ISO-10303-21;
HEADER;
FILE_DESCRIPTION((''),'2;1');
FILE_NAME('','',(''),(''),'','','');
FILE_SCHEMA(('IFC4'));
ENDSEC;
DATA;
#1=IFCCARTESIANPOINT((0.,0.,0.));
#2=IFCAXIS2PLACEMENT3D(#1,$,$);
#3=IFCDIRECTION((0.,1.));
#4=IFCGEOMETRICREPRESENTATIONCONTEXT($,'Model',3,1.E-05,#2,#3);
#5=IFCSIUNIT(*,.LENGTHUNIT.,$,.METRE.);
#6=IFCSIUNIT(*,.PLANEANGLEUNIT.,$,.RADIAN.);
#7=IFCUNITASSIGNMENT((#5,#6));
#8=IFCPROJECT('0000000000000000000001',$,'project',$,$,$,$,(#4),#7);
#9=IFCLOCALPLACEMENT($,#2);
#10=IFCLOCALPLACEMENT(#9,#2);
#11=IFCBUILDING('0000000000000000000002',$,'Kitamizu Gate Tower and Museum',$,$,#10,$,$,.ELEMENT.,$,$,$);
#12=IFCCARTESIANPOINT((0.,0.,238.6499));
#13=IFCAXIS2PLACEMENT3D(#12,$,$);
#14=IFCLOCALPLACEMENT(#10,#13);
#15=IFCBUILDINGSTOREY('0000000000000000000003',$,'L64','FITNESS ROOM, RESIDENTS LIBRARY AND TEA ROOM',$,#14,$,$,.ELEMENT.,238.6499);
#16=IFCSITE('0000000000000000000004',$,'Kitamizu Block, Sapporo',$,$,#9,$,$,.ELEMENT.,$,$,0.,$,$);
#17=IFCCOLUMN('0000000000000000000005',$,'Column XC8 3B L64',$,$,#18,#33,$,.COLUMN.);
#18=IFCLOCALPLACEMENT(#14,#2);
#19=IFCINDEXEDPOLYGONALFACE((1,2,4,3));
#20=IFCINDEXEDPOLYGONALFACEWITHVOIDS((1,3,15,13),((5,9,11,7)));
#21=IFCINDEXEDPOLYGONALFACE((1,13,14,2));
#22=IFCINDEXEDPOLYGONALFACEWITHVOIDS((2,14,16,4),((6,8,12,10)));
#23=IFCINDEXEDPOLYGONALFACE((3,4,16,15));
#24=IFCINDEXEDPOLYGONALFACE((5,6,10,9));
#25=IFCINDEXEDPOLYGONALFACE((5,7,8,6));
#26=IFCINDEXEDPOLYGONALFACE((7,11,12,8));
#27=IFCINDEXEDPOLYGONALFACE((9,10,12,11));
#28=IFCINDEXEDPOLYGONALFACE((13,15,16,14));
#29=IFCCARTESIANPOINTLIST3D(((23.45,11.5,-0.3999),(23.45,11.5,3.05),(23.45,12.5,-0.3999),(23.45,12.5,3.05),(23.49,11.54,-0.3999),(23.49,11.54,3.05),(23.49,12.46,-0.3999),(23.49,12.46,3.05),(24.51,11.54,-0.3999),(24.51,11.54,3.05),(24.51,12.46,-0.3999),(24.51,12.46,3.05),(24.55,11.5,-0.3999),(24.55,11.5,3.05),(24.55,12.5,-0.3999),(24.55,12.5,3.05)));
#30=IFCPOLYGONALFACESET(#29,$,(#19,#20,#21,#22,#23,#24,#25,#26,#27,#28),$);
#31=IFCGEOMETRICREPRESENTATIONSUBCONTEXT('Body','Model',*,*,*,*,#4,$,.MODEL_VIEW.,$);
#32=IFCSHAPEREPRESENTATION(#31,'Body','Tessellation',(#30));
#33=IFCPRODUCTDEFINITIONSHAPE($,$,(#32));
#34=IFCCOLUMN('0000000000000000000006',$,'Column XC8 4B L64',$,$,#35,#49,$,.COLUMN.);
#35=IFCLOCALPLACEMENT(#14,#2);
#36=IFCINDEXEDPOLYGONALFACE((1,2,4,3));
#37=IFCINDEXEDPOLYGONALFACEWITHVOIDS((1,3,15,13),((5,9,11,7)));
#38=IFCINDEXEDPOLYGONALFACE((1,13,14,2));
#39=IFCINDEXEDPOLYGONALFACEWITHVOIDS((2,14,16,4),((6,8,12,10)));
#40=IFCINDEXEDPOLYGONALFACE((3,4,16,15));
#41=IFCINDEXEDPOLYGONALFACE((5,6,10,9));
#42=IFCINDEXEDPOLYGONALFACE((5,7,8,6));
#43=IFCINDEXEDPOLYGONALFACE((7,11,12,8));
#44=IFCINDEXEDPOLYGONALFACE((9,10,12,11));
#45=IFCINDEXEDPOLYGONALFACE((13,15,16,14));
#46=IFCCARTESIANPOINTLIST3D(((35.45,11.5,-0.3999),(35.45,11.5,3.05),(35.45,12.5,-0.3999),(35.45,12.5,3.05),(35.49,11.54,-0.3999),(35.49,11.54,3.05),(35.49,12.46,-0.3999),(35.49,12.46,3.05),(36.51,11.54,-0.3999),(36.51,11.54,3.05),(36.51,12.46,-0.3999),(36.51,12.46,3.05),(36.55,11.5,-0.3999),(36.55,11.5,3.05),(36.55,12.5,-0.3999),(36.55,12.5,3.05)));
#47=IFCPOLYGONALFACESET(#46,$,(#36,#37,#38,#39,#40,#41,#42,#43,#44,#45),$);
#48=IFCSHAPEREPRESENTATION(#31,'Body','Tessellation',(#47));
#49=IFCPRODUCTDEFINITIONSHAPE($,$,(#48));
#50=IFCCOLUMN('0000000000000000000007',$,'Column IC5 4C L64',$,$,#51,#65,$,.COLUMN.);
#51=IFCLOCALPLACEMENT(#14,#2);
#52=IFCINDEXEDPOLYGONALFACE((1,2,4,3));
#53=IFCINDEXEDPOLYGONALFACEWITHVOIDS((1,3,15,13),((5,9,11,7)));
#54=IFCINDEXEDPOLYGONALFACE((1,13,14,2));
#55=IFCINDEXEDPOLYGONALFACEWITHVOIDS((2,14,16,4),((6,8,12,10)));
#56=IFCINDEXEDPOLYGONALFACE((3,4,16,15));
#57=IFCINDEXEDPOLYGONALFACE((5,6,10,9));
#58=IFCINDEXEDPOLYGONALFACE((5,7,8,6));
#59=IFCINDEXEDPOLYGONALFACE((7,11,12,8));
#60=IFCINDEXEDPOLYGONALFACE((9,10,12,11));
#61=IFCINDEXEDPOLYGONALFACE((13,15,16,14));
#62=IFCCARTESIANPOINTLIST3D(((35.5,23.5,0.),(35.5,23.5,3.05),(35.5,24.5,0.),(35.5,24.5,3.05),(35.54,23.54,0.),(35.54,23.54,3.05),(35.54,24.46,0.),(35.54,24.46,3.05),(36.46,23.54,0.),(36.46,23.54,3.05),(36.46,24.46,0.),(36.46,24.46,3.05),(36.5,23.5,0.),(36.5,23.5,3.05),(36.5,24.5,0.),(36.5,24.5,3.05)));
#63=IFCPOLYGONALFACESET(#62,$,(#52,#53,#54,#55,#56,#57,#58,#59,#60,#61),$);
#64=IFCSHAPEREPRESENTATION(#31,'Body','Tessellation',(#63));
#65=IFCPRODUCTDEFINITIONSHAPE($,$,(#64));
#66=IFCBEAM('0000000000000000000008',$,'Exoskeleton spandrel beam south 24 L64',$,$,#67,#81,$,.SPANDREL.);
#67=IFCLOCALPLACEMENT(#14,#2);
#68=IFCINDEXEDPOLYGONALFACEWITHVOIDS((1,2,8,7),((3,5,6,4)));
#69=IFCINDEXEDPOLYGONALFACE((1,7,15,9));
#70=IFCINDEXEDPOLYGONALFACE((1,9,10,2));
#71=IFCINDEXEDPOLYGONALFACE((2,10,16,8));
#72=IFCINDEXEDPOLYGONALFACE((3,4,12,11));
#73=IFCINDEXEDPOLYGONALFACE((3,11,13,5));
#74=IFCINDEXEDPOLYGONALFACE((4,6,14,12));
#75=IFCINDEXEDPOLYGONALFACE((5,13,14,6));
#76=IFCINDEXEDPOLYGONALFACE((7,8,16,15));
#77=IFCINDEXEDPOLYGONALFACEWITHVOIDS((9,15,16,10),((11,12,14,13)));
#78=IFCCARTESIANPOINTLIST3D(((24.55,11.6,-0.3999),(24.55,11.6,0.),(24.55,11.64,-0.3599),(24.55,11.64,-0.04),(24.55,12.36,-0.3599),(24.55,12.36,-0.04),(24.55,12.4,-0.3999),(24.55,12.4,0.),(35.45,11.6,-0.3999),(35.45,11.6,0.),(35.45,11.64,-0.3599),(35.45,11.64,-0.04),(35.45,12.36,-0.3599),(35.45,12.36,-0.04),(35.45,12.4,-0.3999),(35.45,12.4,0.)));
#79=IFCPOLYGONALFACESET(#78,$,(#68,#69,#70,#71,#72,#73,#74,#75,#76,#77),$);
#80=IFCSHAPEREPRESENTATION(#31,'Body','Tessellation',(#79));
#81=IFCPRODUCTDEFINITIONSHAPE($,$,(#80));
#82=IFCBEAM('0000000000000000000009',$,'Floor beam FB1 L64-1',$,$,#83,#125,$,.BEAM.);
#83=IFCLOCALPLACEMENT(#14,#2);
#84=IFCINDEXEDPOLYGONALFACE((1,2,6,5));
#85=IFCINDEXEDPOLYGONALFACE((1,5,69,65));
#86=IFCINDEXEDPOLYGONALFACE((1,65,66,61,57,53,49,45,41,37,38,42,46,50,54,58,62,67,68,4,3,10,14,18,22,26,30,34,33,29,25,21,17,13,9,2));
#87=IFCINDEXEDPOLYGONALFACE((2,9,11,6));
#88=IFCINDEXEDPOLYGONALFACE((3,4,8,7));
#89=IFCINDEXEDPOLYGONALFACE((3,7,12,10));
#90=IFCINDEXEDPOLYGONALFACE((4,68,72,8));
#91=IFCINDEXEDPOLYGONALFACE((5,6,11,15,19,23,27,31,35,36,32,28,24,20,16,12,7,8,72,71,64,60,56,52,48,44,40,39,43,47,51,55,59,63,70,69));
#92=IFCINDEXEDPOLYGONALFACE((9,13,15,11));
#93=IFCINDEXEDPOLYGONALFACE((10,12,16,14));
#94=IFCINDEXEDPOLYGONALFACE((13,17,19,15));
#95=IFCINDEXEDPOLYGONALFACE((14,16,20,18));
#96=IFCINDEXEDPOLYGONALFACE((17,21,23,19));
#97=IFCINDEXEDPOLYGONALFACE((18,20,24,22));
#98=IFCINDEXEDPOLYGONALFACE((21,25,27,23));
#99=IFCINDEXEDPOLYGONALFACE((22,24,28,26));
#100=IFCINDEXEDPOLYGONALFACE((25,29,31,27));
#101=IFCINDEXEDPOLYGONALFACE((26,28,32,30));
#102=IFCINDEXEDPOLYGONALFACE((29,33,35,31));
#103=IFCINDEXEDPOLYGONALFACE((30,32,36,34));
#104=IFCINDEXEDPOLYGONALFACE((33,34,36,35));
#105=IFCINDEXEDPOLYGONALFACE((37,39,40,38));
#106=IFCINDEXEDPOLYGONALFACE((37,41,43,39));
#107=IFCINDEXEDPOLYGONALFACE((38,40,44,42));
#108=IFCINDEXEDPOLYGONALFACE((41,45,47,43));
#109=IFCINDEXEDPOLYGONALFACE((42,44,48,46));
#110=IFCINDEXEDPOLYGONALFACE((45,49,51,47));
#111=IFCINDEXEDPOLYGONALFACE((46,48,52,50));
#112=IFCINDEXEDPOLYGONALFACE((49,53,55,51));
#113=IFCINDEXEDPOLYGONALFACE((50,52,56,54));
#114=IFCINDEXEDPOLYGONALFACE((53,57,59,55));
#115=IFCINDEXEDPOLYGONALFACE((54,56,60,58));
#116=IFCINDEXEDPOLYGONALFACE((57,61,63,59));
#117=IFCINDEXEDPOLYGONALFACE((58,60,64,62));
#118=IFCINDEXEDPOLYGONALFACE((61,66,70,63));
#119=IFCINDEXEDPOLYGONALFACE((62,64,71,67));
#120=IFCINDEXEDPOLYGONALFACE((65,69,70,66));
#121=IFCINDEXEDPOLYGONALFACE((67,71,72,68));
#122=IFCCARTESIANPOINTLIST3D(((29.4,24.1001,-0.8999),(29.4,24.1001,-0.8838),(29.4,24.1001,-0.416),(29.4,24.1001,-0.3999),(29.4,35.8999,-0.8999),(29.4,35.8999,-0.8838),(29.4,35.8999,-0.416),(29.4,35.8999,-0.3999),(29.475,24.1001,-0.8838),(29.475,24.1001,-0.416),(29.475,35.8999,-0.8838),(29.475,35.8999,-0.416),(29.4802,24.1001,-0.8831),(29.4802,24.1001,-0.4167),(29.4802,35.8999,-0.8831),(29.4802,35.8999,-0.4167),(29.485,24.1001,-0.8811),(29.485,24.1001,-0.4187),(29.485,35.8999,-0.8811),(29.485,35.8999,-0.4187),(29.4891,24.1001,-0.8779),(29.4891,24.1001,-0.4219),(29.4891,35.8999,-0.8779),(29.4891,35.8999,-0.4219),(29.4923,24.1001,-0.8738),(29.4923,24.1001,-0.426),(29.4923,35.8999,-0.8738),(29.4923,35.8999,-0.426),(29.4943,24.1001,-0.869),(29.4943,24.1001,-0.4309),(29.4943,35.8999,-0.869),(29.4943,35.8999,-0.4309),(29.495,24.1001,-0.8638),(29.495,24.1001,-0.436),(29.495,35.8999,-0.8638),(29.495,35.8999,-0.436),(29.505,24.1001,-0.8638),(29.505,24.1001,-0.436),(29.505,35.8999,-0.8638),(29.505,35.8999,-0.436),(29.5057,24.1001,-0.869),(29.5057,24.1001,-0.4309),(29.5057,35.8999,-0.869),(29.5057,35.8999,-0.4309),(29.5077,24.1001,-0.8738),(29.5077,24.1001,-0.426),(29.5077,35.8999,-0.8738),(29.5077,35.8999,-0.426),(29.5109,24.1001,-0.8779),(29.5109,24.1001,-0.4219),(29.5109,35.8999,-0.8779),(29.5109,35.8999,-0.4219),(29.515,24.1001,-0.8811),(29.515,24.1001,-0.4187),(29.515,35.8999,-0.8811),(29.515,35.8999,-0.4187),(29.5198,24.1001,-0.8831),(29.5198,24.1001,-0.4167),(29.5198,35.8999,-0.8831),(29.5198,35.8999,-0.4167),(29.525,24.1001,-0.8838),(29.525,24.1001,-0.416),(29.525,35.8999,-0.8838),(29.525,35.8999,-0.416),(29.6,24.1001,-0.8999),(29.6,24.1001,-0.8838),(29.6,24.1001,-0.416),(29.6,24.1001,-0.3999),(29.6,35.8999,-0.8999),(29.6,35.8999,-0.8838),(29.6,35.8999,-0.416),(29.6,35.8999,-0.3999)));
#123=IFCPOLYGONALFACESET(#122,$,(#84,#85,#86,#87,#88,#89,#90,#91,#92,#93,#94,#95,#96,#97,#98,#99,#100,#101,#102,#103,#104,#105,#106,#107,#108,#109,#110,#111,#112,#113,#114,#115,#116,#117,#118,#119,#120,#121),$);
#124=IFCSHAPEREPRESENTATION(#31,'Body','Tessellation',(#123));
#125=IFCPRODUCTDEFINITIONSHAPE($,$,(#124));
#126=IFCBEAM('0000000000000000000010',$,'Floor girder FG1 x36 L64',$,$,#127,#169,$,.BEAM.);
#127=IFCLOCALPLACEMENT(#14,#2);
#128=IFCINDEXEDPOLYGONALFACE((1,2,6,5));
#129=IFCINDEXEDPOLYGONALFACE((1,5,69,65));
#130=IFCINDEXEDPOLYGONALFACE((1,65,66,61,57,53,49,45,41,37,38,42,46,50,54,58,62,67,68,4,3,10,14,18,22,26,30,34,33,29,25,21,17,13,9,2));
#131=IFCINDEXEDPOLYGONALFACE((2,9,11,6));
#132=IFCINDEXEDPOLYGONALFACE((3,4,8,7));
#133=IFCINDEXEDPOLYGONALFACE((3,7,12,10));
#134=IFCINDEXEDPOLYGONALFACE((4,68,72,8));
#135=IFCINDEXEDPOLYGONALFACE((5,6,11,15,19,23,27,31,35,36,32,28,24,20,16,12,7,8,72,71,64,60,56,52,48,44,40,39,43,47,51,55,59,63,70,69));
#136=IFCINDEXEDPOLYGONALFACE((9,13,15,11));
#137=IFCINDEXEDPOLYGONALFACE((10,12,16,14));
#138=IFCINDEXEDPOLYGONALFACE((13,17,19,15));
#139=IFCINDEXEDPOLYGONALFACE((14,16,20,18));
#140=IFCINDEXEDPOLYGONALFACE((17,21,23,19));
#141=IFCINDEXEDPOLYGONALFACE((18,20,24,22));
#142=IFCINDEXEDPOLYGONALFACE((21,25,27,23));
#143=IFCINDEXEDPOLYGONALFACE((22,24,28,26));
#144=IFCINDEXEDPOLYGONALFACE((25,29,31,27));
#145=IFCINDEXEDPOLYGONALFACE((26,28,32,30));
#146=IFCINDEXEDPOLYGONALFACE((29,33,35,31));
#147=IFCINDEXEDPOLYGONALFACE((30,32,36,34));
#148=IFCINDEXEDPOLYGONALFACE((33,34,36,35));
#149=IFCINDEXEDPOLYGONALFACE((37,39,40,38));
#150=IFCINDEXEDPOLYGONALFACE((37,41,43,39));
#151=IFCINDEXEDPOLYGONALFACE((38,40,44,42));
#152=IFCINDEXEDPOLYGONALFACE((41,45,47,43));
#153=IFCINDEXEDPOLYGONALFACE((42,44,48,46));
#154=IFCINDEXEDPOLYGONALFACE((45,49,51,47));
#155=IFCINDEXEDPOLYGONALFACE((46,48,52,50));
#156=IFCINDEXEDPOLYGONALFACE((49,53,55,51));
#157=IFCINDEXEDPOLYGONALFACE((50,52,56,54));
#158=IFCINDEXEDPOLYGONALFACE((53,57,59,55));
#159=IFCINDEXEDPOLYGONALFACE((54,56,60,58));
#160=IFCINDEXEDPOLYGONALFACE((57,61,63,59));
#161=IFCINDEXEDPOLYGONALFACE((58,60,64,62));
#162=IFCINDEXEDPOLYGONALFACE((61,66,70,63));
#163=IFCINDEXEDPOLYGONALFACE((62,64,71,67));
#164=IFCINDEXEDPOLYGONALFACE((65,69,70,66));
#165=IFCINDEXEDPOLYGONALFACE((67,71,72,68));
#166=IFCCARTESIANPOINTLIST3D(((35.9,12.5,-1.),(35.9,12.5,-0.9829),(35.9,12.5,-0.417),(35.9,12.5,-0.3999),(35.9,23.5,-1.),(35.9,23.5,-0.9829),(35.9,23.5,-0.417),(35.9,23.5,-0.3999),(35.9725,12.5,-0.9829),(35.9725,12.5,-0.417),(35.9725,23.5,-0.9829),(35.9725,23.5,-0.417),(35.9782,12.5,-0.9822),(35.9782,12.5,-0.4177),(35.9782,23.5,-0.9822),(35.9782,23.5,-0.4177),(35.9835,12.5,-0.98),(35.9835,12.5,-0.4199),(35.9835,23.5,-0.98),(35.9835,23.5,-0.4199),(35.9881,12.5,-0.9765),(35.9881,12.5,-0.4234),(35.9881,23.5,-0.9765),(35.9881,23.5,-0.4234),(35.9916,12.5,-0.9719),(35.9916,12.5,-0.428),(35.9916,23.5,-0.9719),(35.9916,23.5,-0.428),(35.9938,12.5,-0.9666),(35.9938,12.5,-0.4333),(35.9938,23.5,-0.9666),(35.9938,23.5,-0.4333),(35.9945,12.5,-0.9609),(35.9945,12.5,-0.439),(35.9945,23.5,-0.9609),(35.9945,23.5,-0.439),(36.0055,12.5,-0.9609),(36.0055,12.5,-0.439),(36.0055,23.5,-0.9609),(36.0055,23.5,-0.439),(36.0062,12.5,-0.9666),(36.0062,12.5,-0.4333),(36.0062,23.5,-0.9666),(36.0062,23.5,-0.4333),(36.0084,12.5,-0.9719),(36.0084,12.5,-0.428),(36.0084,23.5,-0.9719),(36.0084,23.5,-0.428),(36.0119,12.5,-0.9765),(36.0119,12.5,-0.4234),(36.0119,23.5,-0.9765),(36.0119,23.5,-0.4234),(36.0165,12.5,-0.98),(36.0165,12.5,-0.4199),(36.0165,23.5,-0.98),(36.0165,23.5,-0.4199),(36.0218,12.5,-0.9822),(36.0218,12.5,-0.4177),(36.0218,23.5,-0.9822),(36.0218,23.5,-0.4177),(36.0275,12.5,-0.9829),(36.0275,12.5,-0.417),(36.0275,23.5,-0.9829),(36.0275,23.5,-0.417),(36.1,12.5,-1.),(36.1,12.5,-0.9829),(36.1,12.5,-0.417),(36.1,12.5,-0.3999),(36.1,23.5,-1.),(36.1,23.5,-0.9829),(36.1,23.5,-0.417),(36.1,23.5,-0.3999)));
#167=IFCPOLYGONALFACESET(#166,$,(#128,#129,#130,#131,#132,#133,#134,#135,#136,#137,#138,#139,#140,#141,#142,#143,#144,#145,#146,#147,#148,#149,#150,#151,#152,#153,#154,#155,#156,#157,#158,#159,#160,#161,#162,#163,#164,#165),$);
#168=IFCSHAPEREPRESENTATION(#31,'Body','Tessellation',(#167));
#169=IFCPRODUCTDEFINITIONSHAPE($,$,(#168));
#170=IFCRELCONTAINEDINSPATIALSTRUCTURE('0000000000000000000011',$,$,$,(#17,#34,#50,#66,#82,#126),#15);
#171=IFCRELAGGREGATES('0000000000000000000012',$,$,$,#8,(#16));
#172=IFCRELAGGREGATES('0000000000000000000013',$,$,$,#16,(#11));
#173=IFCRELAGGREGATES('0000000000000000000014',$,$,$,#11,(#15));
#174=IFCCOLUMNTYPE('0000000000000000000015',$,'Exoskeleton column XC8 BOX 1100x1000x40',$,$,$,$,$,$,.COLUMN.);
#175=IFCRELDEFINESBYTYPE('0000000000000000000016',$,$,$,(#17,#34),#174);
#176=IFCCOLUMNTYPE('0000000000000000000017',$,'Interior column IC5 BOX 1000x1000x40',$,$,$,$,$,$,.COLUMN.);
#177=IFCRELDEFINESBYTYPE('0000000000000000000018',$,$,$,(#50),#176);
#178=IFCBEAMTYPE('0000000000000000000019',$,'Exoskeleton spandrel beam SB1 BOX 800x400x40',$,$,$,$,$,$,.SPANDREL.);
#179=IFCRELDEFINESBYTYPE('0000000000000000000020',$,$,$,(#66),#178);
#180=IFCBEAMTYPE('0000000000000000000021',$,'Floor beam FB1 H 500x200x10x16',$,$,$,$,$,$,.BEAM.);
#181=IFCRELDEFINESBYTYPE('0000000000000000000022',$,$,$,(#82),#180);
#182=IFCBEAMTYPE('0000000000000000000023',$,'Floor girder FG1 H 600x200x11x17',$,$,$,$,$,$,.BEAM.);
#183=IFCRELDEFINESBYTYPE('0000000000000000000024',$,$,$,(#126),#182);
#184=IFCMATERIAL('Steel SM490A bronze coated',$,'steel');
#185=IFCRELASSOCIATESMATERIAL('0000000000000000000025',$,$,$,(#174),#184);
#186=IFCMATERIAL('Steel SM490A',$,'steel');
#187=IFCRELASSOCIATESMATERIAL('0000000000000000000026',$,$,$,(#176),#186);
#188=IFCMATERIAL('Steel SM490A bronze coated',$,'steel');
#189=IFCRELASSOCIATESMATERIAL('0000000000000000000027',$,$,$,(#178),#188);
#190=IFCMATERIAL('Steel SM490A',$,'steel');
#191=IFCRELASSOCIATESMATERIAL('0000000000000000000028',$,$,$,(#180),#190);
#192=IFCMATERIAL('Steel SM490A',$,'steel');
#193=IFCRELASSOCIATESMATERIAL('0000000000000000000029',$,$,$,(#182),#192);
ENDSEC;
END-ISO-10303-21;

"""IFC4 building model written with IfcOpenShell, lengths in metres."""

from ifc_helpers import new_model, si_unit, direction, frame, origin, origin_2d, place, context, subcontext, project, spatial, hollow_rectangle, i_section, extrude, material, material_profile, profile_set, type_object, element, save


model = new_model("IFC4")

# Units and contexts
model_context = context("Model", 3, precision=1e-05, world=origin(), true_north=direction((0.0, 1.0)))
body_context = subcontext(model_context, "Body", "Model", "MODEL_VIEW")
ifc_project = project(units=[si_unit("LENGTHUNIT", "METRE"), si_unit("PLANEANGLEUNIT", "RADIAN")], contexts=[model_context])

# Site, building, storey
site_placement = place(None, origin())
site = spatial("IfcSite", under=ifc_project, at=site_placement, Name="Kitamizu Block, Sapporo", CompositionType="ELEMENT", RefElevation=0.0)
building_placement = place(site_placement, origin())
building = spatial("IfcBuilding", under=site, at=building_placement, Name="Kitamizu Gate Tower and Museum", CompositionType="ELEMENT")
storey_placement = place(building_placement, frame((0.0, 0.0, 238.6499)))
storey = spatial("IfcBuildingStorey", under=building, at=storey_placement, Name="L64", Description="FITNESS ROOM, RESIDENTS LIBRARY AND TEA ROOM", CompositionType="ELEMENT", Elevation=238.6499)

# Columns
ifc_material_1 = material(Name="Steel SM490A bronze coated", Category="steel")
ifc_material_profile_1 = material_profile(ifc_material_1, hollow_rectangle(XDim=1.1001, YDim=1.0, WallThickness=0.04, at=origin_2d()), Name="BOX 1100x1000x40")
ifc_profile_set_1 = profile_set([ifc_material_profile_1], Name="Steel SM490A bronze coated")
column_type_1 = type_object("IfcColumnType", Name="Exoskeleton column XC8 BOX 1100x1000x40", PredefinedType="COLUMN", material=ifc_profile_set_1)
for number, where, z_axis, x_axis, name in (
    (1, (24.0, 12.0, -0.3999), (0.0, 0.0, 1.0), (1.0, 0.0, 0.0), "Column XC8 3B L64"),
    (2, (36.0, 12.0, -0.3999), (0.0, 0.0, 1.0), (1.0, 0.0, 0.0), "Column XC8 4B L64"),
):
    element("IfcColumn", number, at=place(storey_placement, frame(where, z_axis=z_axis, x_axis=x_axis)), inside=storey, type_object=column_type_1, Name=name, PredefinedType="COLUMN", context=body_context, shape_type="SweptSolid", body=[
        extrude(hollow_rectangle(XDim=1.1001, YDim=1.0, WallThickness=0.04, at=origin_2d()), origin(), (0.0, 0.0, 1.0), 3.45),
    ])
ifc_material_2 = material(Name="Steel SM490A", Category="steel")
ifc_material_profile_2 = material_profile(ifc_material_2, hollow_rectangle(XDim=1.0, YDim=1.0, WallThickness=0.04, at=origin_2d()), Name="BOX 1000x1000x40")
ifc_profile_set_2 = profile_set([ifc_material_profile_2], Name="Steel SM490A")
column_type_2 = type_object("IfcColumnType", Name="Interior column IC5 BOX 1000x1000x40", PredefinedType="COLUMN", material=ifc_profile_set_2)
column_placement = place(storey_placement, frame((36.0, 24.0, 0.0), z_axis=(0.0, 0.0, 1.0), x_axis=(1.0, 0.0, 0.0)))
element("IfcColumn", 3, at=column_placement, inside=storey, type_object=column_type_2, Name="Column IC5 4C L64", PredefinedType="COLUMN", context=body_context, shape_type="SweptSolid", body=[
    extrude(hollow_rectangle(XDim=1.0, YDim=1.0, WallThickness=0.04, at=origin_2d()), origin(), (0.0, 0.0, 1.0), 3.05),
])

# Beams
ifc_material_3 = material(Name="Steel SM490A bronze coated", Category="steel")
ifc_material_profile_3 = material_profile(ifc_material_3, hollow_rectangle(XDim=0.8, YDim=0.3999, WallThickness=0.04, at=origin_2d()), Name="BOX 800x400x40")
ifc_profile_set_3 = profile_set([ifc_material_profile_3], Name="Steel SM490A bronze coated")
beam_type_1 = type_object("IfcBeamType", Name="Exoskeleton spandrel beam SB1 BOX 800x400x40", PredefinedType="SPANDREL", material=ifc_profile_set_3)
beam_1_placement = place(storey_placement, frame((24.55, 12.0, -0.2), z_axis=(1.0, 0.0, 0.0), x_axis=(0.0, 1.0, 0.0)))
element("IfcBeam", 4, at=beam_1_placement, inside=storey, type_object=beam_type_1, Name="Exoskeleton spandrel beam south 24 L64", PredefinedType="SPANDREL", context=body_context, shape_type="SweptSolid", body=[
    extrude(hollow_rectangle(XDim=0.8, YDim=0.3999, WallThickness=0.04, at=origin_2d()), origin(), (0.0, 0.0, 1.0), 10.8999),
])
ifc_material_4 = material(Name="Steel SM490A", Category="steel")
ifc_material_profile_4 = material_profile(ifc_material_4, i_section(OverallWidth=0.2, OverallDepth=0.5, WebThickness=0.01, FlangeThickness=0.0161, FilletRadius=0.02, at=origin_2d()), Name="H-500x200x10x16")
ifc_profile_set_4 = profile_set([ifc_material_profile_4], Name="Steel SM490A")
beam_type_2 = type_object("IfcBeamType", Name="Floor beam FB1 H 500x200x10x16", PredefinedType="BEAM", material=ifc_profile_set_4)
beam_2_placement = place(storey_placement, frame((29.5, 24.1001, -0.6499), z_axis=(0.0, 1.0, 0.0), x_axis=(-1.0, 0.0, 0.0)))
element("IfcBeam", 5, at=beam_2_placement, inside=storey, type_object=beam_type_2, Name="Floor beam FB1 L64-1", PredefinedType="BEAM", context=body_context, shape_type="SweptSolid", body=[
    extrude(i_section(OverallWidth=0.2, OverallDepth=0.5, WebThickness=0.01, FlangeThickness=0.0161, FilletRadius=0.02, at=origin_2d()), origin(), (0.0, 0.0, 1.0), 11.7998),
])
ifc_material_5 = material(Name="Steel SM490A", Category="steel")
ifc_material_profile_5 = material_profile(ifc_material_5, i_section(OverallWidth=0.2, OverallDepth=0.6001, WebThickness=0.011, FlangeThickness=0.0171, FilletRadius=0.022, at=origin_2d()), Name="H-600x200x11x17")
ifc_profile_set_5 = profile_set([ifc_material_profile_5], Name="Steel SM490A")
beam_type_3 = type_object("IfcBeamType", Name="Floor girder FG1 H 600x200x11x17", PredefinedType="BEAM", material=ifc_profile_set_5)
beam_3_placement = place(storey_placement, frame((36.0, 12.5, -0.7), z_axis=(0.0, 1.0, 0.0), x_axis=(-1.0, 0.0, 0.0)))
element("IfcBeam", 6, at=beam_3_placement, inside=storey, type_object=beam_type_3, Name="Floor girder FG1 x36 L64", PredefinedType="BEAM", context=body_context, shape_type="SweptSolid", body=[
    extrude(i_section(OverallWidth=0.2, OverallDepth=0.6001, WebThickness=0.011, FlangeThickness=0.0171, FilletRadius=0.022, at=origin_2d()), origin(), (0.0, 0.0, 1.0), 11.0),
])

save(model, "model.ifc")
